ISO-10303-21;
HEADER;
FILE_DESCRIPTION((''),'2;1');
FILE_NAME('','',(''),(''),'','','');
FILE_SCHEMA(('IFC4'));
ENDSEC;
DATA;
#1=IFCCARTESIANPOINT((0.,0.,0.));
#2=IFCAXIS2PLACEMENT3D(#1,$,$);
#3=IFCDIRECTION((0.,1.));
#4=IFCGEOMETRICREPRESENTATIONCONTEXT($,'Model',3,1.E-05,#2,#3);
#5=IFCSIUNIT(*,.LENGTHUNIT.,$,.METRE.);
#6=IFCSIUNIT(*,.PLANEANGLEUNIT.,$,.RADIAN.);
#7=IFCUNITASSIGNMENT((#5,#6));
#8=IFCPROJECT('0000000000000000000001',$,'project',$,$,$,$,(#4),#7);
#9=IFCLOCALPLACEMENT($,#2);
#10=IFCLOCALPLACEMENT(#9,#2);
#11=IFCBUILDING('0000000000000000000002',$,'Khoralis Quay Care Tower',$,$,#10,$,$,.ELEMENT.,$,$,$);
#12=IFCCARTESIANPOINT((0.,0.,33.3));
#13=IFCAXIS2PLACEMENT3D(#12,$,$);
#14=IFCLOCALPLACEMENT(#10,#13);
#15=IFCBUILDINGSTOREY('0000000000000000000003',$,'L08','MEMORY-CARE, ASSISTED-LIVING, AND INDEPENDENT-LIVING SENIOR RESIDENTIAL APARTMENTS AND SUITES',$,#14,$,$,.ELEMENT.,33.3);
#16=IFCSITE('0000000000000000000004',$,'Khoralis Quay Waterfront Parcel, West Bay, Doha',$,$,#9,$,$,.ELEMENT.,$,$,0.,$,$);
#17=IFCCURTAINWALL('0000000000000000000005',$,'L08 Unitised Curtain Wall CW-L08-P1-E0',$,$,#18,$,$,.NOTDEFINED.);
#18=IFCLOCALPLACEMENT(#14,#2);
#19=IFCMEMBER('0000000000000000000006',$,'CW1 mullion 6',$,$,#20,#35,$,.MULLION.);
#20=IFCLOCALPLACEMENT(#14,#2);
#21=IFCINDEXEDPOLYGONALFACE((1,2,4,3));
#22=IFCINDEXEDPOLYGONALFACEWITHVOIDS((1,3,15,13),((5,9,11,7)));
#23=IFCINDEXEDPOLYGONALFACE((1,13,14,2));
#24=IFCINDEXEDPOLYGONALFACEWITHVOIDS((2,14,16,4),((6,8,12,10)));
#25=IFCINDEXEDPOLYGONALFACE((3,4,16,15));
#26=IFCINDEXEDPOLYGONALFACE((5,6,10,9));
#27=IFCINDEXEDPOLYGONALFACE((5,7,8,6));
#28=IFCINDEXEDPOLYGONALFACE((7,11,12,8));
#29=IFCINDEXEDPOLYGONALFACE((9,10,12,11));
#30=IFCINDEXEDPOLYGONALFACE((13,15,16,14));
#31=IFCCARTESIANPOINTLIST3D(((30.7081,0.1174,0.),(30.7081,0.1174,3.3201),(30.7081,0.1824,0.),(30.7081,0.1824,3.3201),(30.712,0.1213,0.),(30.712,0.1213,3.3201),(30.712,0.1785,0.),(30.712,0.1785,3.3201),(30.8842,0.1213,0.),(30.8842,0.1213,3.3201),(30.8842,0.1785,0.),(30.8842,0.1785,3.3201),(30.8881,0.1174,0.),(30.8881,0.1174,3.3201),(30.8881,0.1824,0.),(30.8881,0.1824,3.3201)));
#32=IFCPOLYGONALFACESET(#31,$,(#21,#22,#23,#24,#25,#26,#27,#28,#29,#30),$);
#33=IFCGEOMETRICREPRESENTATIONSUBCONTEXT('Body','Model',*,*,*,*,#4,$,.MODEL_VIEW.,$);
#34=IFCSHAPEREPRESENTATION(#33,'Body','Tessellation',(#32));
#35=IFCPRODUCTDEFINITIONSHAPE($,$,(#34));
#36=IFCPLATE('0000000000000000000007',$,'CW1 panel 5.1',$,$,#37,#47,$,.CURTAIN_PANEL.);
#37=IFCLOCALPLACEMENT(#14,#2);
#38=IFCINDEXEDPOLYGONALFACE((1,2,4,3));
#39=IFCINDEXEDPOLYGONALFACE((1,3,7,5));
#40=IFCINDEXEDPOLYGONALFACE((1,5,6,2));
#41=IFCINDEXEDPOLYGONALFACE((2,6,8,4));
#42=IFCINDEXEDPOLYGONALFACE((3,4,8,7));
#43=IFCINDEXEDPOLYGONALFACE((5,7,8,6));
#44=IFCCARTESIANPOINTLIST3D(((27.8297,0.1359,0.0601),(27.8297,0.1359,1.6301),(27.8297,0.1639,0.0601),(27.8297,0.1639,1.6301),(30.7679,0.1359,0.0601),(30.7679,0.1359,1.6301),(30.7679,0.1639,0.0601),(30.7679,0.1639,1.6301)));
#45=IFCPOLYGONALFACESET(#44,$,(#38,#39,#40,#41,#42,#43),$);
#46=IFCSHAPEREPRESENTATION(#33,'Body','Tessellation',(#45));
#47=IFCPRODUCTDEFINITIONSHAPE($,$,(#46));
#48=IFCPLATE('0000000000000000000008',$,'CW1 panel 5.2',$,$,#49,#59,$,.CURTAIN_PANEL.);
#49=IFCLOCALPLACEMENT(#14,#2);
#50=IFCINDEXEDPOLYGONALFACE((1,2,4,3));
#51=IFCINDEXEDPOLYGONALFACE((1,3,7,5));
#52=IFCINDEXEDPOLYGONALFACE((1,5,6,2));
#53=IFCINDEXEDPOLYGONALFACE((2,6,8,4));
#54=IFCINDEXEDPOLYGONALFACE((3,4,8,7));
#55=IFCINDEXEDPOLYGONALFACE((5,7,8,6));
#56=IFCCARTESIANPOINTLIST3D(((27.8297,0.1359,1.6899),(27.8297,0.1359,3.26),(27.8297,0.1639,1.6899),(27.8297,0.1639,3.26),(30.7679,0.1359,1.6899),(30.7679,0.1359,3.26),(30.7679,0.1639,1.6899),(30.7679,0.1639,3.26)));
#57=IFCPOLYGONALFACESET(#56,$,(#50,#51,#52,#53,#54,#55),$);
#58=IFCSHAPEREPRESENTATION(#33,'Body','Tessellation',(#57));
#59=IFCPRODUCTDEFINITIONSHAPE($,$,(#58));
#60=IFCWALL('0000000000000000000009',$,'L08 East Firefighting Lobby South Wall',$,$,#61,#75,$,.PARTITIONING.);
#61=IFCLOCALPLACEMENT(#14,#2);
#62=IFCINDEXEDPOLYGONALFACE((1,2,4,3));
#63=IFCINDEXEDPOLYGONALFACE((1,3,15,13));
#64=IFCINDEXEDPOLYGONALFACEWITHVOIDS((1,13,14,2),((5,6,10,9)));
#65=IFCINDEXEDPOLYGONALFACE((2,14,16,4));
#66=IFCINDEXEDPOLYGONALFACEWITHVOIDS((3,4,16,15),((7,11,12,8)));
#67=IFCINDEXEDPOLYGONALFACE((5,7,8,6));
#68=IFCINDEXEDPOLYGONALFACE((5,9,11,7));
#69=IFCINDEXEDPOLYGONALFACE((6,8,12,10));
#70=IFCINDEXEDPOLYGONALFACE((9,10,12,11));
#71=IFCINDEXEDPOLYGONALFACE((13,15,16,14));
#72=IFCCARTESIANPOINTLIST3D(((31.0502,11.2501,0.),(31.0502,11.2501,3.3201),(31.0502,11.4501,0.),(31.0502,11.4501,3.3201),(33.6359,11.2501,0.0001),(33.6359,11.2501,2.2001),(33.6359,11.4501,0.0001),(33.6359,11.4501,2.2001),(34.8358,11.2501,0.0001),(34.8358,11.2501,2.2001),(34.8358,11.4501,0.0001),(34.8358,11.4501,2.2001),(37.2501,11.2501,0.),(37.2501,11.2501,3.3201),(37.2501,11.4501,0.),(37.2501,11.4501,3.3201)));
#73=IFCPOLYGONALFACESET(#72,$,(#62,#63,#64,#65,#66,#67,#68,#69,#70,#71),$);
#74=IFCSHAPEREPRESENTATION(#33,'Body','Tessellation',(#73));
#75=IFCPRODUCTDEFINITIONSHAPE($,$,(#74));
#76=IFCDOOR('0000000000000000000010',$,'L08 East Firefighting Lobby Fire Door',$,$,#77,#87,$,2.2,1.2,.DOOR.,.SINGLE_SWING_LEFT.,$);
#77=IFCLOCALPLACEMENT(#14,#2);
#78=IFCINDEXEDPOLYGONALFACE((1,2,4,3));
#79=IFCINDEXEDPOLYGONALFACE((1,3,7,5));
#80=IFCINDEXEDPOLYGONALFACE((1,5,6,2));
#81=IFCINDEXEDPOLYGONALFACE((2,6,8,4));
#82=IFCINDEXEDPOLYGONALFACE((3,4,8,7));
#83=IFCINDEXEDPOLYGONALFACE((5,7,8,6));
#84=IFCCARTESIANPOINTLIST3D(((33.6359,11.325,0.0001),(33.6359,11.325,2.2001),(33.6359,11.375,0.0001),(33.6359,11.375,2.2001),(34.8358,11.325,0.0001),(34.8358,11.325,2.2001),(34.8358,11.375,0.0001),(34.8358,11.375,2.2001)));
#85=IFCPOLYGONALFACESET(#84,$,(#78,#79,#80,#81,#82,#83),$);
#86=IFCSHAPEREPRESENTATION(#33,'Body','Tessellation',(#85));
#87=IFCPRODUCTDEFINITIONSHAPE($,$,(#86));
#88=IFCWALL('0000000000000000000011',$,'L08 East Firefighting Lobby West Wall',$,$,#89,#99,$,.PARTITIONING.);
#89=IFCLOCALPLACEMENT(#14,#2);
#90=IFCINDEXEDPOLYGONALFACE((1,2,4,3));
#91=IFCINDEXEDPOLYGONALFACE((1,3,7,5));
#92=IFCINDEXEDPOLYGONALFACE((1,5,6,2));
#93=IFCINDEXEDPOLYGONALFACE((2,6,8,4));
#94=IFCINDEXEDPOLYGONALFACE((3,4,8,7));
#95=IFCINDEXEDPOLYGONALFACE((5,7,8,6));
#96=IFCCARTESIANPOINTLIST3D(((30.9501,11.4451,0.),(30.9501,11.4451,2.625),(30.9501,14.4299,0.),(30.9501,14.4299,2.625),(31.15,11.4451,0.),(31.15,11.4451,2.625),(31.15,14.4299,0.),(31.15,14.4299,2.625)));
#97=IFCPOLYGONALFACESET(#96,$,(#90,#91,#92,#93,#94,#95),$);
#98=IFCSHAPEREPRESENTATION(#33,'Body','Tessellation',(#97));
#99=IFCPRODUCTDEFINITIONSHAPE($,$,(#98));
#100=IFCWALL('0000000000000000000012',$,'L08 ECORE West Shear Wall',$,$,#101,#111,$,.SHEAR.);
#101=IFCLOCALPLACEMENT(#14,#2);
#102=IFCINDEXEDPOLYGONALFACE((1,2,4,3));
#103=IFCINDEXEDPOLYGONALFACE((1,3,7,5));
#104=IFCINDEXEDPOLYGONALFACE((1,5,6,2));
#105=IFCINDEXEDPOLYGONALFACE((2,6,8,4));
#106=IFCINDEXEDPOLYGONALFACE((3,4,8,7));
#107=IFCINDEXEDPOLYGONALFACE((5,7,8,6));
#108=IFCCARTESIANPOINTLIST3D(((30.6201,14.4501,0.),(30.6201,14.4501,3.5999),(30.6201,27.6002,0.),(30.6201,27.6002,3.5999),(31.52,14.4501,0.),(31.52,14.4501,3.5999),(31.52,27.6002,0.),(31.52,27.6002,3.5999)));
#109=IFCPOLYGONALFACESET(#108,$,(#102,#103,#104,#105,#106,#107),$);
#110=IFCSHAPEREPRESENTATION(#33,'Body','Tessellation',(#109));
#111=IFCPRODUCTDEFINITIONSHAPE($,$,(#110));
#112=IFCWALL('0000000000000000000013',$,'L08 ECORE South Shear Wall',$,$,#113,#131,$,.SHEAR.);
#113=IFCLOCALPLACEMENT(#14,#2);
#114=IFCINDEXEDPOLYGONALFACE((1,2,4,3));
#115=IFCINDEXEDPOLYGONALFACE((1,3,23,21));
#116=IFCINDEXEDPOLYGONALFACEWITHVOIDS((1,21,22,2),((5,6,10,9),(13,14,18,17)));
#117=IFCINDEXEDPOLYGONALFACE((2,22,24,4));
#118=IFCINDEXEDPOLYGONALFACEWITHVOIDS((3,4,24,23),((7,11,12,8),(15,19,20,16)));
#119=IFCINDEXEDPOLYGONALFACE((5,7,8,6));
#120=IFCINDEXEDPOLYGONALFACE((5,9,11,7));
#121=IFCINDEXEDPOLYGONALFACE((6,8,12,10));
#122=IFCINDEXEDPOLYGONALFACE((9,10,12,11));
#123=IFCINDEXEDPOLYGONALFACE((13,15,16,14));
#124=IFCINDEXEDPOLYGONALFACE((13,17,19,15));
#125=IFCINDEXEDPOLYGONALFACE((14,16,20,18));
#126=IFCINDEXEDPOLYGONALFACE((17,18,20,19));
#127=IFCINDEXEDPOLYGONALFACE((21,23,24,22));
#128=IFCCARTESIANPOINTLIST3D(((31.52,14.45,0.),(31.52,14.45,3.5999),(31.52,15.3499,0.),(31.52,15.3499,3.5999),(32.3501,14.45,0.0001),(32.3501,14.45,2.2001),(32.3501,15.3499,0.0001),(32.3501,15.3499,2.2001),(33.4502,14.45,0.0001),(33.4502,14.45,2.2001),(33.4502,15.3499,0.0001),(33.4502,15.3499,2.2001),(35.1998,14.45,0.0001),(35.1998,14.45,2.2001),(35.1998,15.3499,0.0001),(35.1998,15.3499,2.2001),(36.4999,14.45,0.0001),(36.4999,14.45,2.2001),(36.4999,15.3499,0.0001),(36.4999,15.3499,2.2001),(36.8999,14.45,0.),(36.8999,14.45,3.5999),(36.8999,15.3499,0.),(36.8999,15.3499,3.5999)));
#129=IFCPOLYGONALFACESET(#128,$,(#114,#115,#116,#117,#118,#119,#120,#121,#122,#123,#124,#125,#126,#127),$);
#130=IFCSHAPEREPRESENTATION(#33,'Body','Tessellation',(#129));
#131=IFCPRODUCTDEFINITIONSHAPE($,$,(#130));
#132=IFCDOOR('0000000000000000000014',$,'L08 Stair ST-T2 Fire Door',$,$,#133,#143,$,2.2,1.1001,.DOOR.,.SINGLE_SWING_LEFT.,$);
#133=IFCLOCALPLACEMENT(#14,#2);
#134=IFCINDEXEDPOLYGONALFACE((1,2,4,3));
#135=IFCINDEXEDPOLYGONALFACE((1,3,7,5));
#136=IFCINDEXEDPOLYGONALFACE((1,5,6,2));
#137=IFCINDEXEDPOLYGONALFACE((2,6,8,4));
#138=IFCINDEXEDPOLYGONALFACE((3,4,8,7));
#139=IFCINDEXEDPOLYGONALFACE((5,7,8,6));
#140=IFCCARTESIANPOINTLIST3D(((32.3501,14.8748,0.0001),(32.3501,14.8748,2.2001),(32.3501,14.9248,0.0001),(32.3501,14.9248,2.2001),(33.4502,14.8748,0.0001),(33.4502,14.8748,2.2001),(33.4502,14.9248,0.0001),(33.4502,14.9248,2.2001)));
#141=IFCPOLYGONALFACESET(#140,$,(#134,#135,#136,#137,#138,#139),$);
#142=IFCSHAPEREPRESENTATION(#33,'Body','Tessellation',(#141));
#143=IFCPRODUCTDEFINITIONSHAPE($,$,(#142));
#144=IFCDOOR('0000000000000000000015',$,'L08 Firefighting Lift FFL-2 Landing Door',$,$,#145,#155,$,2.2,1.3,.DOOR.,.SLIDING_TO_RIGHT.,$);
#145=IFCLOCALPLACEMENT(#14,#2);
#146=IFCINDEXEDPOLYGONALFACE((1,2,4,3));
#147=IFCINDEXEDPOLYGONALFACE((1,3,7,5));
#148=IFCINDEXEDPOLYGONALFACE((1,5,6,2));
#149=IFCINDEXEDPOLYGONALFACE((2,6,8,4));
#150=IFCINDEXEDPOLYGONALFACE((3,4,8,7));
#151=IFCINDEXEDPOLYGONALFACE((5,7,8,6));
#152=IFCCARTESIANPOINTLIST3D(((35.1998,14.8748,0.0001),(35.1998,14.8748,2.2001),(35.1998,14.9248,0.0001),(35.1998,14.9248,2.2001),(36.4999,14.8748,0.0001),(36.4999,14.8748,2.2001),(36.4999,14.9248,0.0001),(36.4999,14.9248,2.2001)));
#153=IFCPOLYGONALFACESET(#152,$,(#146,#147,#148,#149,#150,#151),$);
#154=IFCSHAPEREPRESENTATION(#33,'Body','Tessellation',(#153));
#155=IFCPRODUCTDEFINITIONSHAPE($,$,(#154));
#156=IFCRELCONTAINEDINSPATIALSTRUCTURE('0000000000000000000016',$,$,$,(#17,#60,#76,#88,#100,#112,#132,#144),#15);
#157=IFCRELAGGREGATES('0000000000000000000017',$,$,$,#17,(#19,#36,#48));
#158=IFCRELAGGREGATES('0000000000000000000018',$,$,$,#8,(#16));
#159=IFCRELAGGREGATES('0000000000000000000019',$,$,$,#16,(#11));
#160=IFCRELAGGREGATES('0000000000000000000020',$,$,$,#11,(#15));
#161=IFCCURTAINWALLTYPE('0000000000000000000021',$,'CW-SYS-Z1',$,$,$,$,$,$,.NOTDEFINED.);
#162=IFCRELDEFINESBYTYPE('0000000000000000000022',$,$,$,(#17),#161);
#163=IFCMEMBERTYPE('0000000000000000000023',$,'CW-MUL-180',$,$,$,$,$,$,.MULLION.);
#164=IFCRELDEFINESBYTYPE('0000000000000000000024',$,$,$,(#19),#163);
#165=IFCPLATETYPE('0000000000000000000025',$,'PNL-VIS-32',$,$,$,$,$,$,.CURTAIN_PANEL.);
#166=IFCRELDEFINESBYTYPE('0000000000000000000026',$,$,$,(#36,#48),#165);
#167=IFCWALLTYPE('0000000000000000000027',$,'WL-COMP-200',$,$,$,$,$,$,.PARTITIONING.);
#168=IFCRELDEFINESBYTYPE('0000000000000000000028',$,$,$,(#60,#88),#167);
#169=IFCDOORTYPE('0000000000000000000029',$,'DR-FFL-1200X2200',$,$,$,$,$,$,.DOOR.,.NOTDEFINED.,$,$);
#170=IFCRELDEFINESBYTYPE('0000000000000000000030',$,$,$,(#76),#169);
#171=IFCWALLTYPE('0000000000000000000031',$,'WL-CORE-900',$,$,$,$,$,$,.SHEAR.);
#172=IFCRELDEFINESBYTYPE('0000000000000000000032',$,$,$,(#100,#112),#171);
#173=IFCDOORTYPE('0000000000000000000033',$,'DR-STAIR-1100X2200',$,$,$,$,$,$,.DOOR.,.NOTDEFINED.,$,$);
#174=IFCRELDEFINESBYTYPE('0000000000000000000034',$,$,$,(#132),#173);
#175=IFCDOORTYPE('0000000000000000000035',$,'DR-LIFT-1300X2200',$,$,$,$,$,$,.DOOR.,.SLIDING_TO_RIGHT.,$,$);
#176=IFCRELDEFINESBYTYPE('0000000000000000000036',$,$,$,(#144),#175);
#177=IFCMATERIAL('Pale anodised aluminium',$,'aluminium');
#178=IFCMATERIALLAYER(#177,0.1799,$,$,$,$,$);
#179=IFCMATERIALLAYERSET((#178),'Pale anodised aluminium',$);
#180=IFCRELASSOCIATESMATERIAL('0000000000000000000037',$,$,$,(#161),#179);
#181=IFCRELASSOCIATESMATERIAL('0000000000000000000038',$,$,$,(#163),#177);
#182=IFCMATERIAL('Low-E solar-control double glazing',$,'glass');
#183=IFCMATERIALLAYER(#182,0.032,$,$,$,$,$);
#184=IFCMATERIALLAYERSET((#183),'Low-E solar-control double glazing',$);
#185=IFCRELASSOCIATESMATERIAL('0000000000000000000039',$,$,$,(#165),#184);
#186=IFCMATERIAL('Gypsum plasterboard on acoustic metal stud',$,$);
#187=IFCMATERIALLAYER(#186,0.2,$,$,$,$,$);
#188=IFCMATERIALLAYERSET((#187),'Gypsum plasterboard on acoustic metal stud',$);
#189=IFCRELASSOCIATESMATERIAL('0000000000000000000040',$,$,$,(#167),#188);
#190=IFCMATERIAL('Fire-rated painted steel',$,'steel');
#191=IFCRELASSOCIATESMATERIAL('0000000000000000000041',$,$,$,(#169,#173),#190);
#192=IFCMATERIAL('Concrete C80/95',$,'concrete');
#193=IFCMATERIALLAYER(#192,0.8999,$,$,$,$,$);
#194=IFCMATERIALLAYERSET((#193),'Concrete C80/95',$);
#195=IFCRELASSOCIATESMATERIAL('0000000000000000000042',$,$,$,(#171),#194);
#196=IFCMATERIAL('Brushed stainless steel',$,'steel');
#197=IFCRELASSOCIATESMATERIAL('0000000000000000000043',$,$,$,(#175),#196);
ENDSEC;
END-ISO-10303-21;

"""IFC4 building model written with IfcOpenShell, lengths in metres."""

from ifc_helpers import new_model, si_unit, direction, frame, frame_2d, origin, origin_2d, place, context, subcontext, project, spatial, rectangle, hollow_rectangle, extrude, source, transform, mapped, material, layer, layer_set, material_profile, profile_set, type_object, element, fill, aggregate, save


model = new_model("IFC4")

# Units and contexts
model_context = context("Model", 3, precision=1e-05, world=origin(), true_north=direction((0.0, 1.0)))
body_context = subcontext(model_context, "Body", "Model", "MODEL_VIEW")
ifc_project = project(units=[si_unit("LENGTHUNIT", "METRE"), si_unit("PLANEANGLEUNIT", "RADIAN")], contexts=[model_context])

# Site, building, storey
site_placement = place(None, origin())
site = spatial("IfcSite", under=ifc_project, at=site_placement, Name="Khoralis Quay Waterfront Parcel, West Bay, Doha", CompositionType="ELEMENT", RefElevation=0.0)
building_placement = place(site_placement, origin())
building = spatial("IfcBuilding", under=site, at=building_placement, Name="Khoralis Quay Care Tower", CompositionType="ELEMENT")
storey_placement = place(building_placement, frame((0.0, 0.0, 33.3)))
storey = spatial("IfcBuildingStorey", under=building, at=storey_placement, Name="L08", Description="MEMORY-CARE, ASSISTED-LIVING, AND INDEPENDENT-LIVING SENIOR RESIDENTIAL APARTMENTS AND SUITES", CompositionType="ELEMENT", Elevation=33.3)

# Shared definitions
ifc_material_1 = material(Name="Concrete C80/95", Category="concrete")

# Curtain wall, member, plates
ifc_material_2 = material(Name="Pale anodised aluminium", Category="aluminium")
ifc_layer_1 = layer(ifc_material_2, 0.1799)
ifc_layer_set_1 = layer_set([ifc_layer_1], Name="Pale anodised aluminium")
curtain_wall_type = type_object("IfcCurtainWallType", Name="CW-SYS-Z1", PredefinedType="NOTDEFINED", material=ifc_layer_set_1)
curtain_wall_placement = place(storey_placement, origin())
curtain_wall = element("IfcCurtainWall", 1, at=curtain_wall_placement, inside=storey, type_object=curtain_wall_type, Name="L08 Unitised Curtain Wall CW-L08-P1-E0", PredefinedType="NOTDEFINED")
ifc_material_profile_1 = material_profile(ifc_material_2, hollow_rectangle(XDim=0.0649, YDim=0.1799, WallThickness=0.0039, at=origin_2d()), Name="Pale anodised aluminium")
ifc_profile_set_1 = profile_set([ifc_material_profile_1], Name="Pale anodised aluminium")
member_type = type_object("IfcMemberType", Name="CW-MUL-180", PredefinedType="MULLION", material=ifc_profile_set_1)
shared_shape_1 = source(origin(), body_context, "Body", "SweptSolid", [
    extrude(hollow_rectangle(XDim=0.0649, YDim=0.1799, WallThickness=0.0039, at=origin_2d()), origin(), (0.0, 0.0, 1.0), 3.3201),
])
member_placement = place(storey_placement, frame((30.7981, 0.1499, 0.0), z_axis=(0.0, 0.0, 1.0), x_axis=(0.0, 1.0, 0.0)))
member = element("IfcMember", 2, at=member_placement, type_object=member_type, Name="CW1 mullion 6", PredefinedType="MULLION", context=body_context, shape_type="MappedRepresentation", body=[
    mapped(shared_shape_1, transform((0.0, 0.0, 0.0), scale=1.0)),
])
ifc_material_3 = material(Name="Low-E solar-control double glazing", Category="glass")
ifc_layer_2 = layer(ifc_material_3, 0.032)
ifc_layer_set_2 = layer_set([ifc_layer_2], Name="Low-E solar-control double glazing")
plate_type = type_object("IfcPlateType", Name="PNL-VIS-32", PredefinedType="CURTAIN_PANEL", material=ifc_layer_set_2)
shared_shape_2 = source(origin(), body_context, "Body", "SweptSolid", [
    extrude(rectangle(XDim=2.9382, YDim=0.0281, at=origin_2d()), origin(), (0.0, 0.0, 1.0), 1.5701),
])
plate_1_placement = place(storey_placement, frame((29.2988, 0.1499, 0.0601), z_axis=(0.0, 0.0, 1.0), x_axis=(1.0, 0.0, 0.0)))
plate_1 = element("IfcPlate", 3, at=plate_1_placement, type_object=plate_type, Name="CW1 panel 5.1", PredefinedType="CURTAIN_PANEL", context=body_context, shape_type="MappedRepresentation", body=[
    mapped(shared_shape_2, transform((0.0, 0.0, 0.0), scale=1.0)),
])
plate_2_placement = place(storey_placement, frame((29.2988, 0.1499, 1.6899), z_axis=(0.0, 0.0, 1.0), x_axis=(1.0, 0.0, 0.0)))
plate_2 = element("IfcPlate", 4, at=plate_2_placement, type_object=plate_type, Name="CW1 panel 5.2", PredefinedType="CURTAIN_PANEL", context=body_context, shape_type="MappedRepresentation", body=[
    mapped(shared_shape_2, transform((0.0, 0.0, 0.0), scale=1.0)),
])
aggregate(curtain_wall, [member, plate_1, plate_2])

# Wall, opening, door
ifc_material_4 = material(Name="Gypsum plasterboard on acoustic metal stud")
ifc_layer_3 = layer(ifc_material_4, 0.2)
ifc_layer_set_3 = layer_set([ifc_layer_3], Name="Gypsum plasterboard on acoustic metal stud")
wall_type_1 = type_object("IfcWallType", Name="WL-COMP-200", PredefinedType="PARTITIONING", material=ifc_layer_set_3)
wall_1_placement = place(storey_placement, frame((31.05, 11.3501, 0.0), z_axis=(0.0, 0.0, 1.0), x_axis=(1.0, 0.0, 0.0)))
wall_1 = element("IfcWall", 5, at=wall_1_placement, inside=storey, type_object=wall_type_1, Name="L08 East Firefighting Lobby South Wall", PredefinedType="PARTITIONING", context=body_context, shape_type="SweptSolid", body=[
    extrude(rectangle(XDim=6.2, YDim=0.2, at=frame_2d((3.1001, 0.0))), origin(), (0.0, 0.0, 1.0), 3.3201),
])
opening_1_placement = place(wall_1_placement, frame((2.5857, 0.0, 0.0)))
opening_1 = element("IfcOpeningElement", 6, at=opening_1_placement, cuts=wall_1, PredefinedType="OPENING", context=body_context, shape_type="SweptSolid", body=[
    extrude(rectangle(XDim=1.2, YDim=2.2, at=frame_2d((0.6001, 1.1001))), frame((0.0, 0.1099, 0.0), z_axis=(0.0, -1.0, 0.0), x_axis=(1.0, 0.0, 0.0)), (0.0, 0.0, 1.0), 0.22),
])
ifc_material_5 = material(Name="Fire-rated painted steel", Category="steel")
door_type_1 = type_object("IfcDoorType", Name="DR-FFL-1200X2200", OperationType="NOTDEFINED", PredefinedType="DOOR", material=ifc_material_5)
shared_shape_3 = source(origin(), body_context, "Body", "SweptSolid", [
    extrude(rectangle(XDim=1.2, YDim=2.2, at=frame_2d((0.6001, 1.1001))), frame((0.0, 0.0249, 0.0), z_axis=(0.0, -1.0, 0.0), x_axis=(1.0, 0.0, 0.0)), (0.0, 0.0, 1.0), 0.05),
])
door_1_placement = place(opening_1_placement, origin())
door_1 = element("IfcDoor", 7, at=door_1_placement, inside=storey, type_object=door_type_1, Name="L08 East Firefighting Lobby Fire Door", OperationType="SINGLE_SWING_LEFT", OverallHeight=2.2, OverallWidth=1.2, PredefinedType="DOOR", context=body_context, shape_type="MappedRepresentation", body=[
    mapped(shared_shape_3, transform((0.0, 0.0, 0.0), scale=1.0)),
])
fill(opening_1, door_1)

# Walls
wall_2_placement = place(storey_placement, frame((31.05, 11.4451, 0.0), z_axis=(0.0, 0.0, 1.0), x_axis=(0.0, 1.0, 0.0)))
element("IfcWall", 8, at=wall_2_placement, inside=storey, type_object=wall_type_1, Name="L08 East Firefighting Lobby West Wall", PredefinedType="PARTITIONING", context=body_context, shape_type="SweptSolid", body=[
    extrude(rectangle(XDim=2.9849, YDim=0.2, at=frame_2d((1.4924, 0.0))), origin(), (0.0, 0.0, 1.0), 2.625),
])
ifc_layer_4 = layer(ifc_material_1, 0.8999)
ifc_layer_set_4 = layer_set([ifc_layer_4], Name="Concrete C80/95")
wall_type_2 = type_object("IfcWallType", Name="WL-CORE-900", PredefinedType="SHEAR", material=ifc_layer_set_4)
wall_3_placement = place(storey_placement, frame((31.0701, 14.45, 0.0), z_axis=(0.0, 0.0, 1.0), x_axis=(0.0, 1.0, 0.0)))
element("IfcWall", 9, at=wall_3_placement, inside=storey, type_object=wall_type_2, Name="L08 ECORE West Shear Wall", PredefinedType="SHEAR", context=body_context, shape_type="SweptSolid", body=[
    extrude(rectangle(XDim=13.1501, YDim=0.8999, at=frame_2d((6.5752, 0.0))), origin(), (0.0, 0.0, 1.0), 3.5999),
])

# Wall, openings, doors
wall_4_placement = place(storey_placement, frame((31.52, 14.8999, 0.0), z_axis=(0.0, 0.0, 1.0), x_axis=(1.0, 0.0, 0.0)))
wall_4 = element("IfcWall", 10, at=wall_4_placement, inside=storey, type_object=wall_type_2, Name="L08 ECORE South Shear Wall", PredefinedType="SHEAR", context=body_context, shape_type="SweptSolid", body=[
    extrude(rectangle(XDim=5.3799, YDim=0.8999, at=frame_2d((2.6899, 0.0))), origin(), (0.0, 0.0, 1.0), 3.5999),
])
opening_2_placement = place(wall_4_placement, frame((0.8301, 0.0, 0.0)))
opening_2 = element("IfcOpeningElement", 11, at=opening_2_placement, cuts=wall_4, PredefinedType="OPENING", context=body_context, shape_type="SweptSolid", body=[
    extrude(rectangle(XDim=1.1001, YDim=2.2, at=frame_2d((0.55, 1.1001))), frame((0.0, 0.46, 0.0), z_axis=(0.0, -1.0, 0.0), x_axis=(1.0, 0.0, 0.0)), (0.0, 0.0, 1.0), 0.9199),
])
opening_3_placement = place(wall_4_placement, frame((3.6799, 0.0, 0.0)))
opening_3 = element("IfcOpeningElement", 12, at=opening_3_placement, cuts=wall_4, PredefinedType="OPENING", context=body_context, shape_type="SweptSolid", body=[
    extrude(rectangle(XDim=1.3, YDim=2.2, at=frame_2d((0.6499, 1.1001))), frame((0.0, 0.46, 0.0), z_axis=(0.0, -1.0, 0.0), x_axis=(1.0, 0.0, 0.0)), (0.0, 0.0, 1.0), 0.9199),
])
door_type_2 = type_object("IfcDoorType", Name="DR-STAIR-1100X2200", OperationType="NOTDEFINED", PredefinedType="DOOR", material=ifc_material_5)
shared_shape_4 = source(origin(), body_context, "Body", "SweptSolid", [
    extrude(rectangle(XDim=1.1001, YDim=2.2, at=frame_2d((0.55, 1.1001))), frame((0.0, 0.0249, 0.0), z_axis=(0.0, -1.0, 0.0), x_axis=(1.0, 0.0, 0.0)), (0.0, 0.0, 1.0), 0.05),
])
door_2_placement = place(opening_2_placement, origin())
door_2 = element("IfcDoor", 13, at=door_2_placement, inside=storey, type_object=door_type_2, Name="L08 Stair ST-T2 Fire Door", OperationType="SINGLE_SWING_LEFT", OverallHeight=2.2, OverallWidth=1.1001, PredefinedType="DOOR", context=body_context, shape_type="MappedRepresentation", body=[
    mapped(shared_shape_4, transform((0.0, 0.0, 0.0), scale=1.0)),
])
fill(opening_2, door_2)
ifc_material_6 = material(Name="Brushed stainless steel", Category="steel")
door_type_3 = type_object("IfcDoorType", Name="DR-LIFT-1300X2200", OperationType="SLIDING_TO_RIGHT", PredefinedType="DOOR", material=ifc_material_6)
shared_shape_5 = source(origin(), body_context, "Body", "SweptSolid", [
    extrude(rectangle(XDim=1.3, YDim=2.2, at=frame_2d((0.6499, 1.1001))), frame((0.0, 0.0249, 0.0), z_axis=(0.0, -1.0, 0.0), x_axis=(1.0, 0.0, 0.0)), (0.0, 0.0, 1.0), 0.05),
])
door_3_placement = place(opening_3_placement, origin())
door_3 = element("IfcDoor", 14, at=door_3_placement, inside=storey, type_object=door_type_3, Name="L08 Firefighting Lift FFL-2 Landing Door", OperationType="SLIDING_TO_RIGHT", OverallHeight=2.2, OverallWidth=1.3, PredefinedType="DOOR", context=body_context, shape_type="MappedRepresentation", body=[
    mapped(shared_shape_5, transform((0.0, 0.0, 0.0), scale=1.0)),
])
fill(opening_3, door_3)

save(model, "model.ifc")
